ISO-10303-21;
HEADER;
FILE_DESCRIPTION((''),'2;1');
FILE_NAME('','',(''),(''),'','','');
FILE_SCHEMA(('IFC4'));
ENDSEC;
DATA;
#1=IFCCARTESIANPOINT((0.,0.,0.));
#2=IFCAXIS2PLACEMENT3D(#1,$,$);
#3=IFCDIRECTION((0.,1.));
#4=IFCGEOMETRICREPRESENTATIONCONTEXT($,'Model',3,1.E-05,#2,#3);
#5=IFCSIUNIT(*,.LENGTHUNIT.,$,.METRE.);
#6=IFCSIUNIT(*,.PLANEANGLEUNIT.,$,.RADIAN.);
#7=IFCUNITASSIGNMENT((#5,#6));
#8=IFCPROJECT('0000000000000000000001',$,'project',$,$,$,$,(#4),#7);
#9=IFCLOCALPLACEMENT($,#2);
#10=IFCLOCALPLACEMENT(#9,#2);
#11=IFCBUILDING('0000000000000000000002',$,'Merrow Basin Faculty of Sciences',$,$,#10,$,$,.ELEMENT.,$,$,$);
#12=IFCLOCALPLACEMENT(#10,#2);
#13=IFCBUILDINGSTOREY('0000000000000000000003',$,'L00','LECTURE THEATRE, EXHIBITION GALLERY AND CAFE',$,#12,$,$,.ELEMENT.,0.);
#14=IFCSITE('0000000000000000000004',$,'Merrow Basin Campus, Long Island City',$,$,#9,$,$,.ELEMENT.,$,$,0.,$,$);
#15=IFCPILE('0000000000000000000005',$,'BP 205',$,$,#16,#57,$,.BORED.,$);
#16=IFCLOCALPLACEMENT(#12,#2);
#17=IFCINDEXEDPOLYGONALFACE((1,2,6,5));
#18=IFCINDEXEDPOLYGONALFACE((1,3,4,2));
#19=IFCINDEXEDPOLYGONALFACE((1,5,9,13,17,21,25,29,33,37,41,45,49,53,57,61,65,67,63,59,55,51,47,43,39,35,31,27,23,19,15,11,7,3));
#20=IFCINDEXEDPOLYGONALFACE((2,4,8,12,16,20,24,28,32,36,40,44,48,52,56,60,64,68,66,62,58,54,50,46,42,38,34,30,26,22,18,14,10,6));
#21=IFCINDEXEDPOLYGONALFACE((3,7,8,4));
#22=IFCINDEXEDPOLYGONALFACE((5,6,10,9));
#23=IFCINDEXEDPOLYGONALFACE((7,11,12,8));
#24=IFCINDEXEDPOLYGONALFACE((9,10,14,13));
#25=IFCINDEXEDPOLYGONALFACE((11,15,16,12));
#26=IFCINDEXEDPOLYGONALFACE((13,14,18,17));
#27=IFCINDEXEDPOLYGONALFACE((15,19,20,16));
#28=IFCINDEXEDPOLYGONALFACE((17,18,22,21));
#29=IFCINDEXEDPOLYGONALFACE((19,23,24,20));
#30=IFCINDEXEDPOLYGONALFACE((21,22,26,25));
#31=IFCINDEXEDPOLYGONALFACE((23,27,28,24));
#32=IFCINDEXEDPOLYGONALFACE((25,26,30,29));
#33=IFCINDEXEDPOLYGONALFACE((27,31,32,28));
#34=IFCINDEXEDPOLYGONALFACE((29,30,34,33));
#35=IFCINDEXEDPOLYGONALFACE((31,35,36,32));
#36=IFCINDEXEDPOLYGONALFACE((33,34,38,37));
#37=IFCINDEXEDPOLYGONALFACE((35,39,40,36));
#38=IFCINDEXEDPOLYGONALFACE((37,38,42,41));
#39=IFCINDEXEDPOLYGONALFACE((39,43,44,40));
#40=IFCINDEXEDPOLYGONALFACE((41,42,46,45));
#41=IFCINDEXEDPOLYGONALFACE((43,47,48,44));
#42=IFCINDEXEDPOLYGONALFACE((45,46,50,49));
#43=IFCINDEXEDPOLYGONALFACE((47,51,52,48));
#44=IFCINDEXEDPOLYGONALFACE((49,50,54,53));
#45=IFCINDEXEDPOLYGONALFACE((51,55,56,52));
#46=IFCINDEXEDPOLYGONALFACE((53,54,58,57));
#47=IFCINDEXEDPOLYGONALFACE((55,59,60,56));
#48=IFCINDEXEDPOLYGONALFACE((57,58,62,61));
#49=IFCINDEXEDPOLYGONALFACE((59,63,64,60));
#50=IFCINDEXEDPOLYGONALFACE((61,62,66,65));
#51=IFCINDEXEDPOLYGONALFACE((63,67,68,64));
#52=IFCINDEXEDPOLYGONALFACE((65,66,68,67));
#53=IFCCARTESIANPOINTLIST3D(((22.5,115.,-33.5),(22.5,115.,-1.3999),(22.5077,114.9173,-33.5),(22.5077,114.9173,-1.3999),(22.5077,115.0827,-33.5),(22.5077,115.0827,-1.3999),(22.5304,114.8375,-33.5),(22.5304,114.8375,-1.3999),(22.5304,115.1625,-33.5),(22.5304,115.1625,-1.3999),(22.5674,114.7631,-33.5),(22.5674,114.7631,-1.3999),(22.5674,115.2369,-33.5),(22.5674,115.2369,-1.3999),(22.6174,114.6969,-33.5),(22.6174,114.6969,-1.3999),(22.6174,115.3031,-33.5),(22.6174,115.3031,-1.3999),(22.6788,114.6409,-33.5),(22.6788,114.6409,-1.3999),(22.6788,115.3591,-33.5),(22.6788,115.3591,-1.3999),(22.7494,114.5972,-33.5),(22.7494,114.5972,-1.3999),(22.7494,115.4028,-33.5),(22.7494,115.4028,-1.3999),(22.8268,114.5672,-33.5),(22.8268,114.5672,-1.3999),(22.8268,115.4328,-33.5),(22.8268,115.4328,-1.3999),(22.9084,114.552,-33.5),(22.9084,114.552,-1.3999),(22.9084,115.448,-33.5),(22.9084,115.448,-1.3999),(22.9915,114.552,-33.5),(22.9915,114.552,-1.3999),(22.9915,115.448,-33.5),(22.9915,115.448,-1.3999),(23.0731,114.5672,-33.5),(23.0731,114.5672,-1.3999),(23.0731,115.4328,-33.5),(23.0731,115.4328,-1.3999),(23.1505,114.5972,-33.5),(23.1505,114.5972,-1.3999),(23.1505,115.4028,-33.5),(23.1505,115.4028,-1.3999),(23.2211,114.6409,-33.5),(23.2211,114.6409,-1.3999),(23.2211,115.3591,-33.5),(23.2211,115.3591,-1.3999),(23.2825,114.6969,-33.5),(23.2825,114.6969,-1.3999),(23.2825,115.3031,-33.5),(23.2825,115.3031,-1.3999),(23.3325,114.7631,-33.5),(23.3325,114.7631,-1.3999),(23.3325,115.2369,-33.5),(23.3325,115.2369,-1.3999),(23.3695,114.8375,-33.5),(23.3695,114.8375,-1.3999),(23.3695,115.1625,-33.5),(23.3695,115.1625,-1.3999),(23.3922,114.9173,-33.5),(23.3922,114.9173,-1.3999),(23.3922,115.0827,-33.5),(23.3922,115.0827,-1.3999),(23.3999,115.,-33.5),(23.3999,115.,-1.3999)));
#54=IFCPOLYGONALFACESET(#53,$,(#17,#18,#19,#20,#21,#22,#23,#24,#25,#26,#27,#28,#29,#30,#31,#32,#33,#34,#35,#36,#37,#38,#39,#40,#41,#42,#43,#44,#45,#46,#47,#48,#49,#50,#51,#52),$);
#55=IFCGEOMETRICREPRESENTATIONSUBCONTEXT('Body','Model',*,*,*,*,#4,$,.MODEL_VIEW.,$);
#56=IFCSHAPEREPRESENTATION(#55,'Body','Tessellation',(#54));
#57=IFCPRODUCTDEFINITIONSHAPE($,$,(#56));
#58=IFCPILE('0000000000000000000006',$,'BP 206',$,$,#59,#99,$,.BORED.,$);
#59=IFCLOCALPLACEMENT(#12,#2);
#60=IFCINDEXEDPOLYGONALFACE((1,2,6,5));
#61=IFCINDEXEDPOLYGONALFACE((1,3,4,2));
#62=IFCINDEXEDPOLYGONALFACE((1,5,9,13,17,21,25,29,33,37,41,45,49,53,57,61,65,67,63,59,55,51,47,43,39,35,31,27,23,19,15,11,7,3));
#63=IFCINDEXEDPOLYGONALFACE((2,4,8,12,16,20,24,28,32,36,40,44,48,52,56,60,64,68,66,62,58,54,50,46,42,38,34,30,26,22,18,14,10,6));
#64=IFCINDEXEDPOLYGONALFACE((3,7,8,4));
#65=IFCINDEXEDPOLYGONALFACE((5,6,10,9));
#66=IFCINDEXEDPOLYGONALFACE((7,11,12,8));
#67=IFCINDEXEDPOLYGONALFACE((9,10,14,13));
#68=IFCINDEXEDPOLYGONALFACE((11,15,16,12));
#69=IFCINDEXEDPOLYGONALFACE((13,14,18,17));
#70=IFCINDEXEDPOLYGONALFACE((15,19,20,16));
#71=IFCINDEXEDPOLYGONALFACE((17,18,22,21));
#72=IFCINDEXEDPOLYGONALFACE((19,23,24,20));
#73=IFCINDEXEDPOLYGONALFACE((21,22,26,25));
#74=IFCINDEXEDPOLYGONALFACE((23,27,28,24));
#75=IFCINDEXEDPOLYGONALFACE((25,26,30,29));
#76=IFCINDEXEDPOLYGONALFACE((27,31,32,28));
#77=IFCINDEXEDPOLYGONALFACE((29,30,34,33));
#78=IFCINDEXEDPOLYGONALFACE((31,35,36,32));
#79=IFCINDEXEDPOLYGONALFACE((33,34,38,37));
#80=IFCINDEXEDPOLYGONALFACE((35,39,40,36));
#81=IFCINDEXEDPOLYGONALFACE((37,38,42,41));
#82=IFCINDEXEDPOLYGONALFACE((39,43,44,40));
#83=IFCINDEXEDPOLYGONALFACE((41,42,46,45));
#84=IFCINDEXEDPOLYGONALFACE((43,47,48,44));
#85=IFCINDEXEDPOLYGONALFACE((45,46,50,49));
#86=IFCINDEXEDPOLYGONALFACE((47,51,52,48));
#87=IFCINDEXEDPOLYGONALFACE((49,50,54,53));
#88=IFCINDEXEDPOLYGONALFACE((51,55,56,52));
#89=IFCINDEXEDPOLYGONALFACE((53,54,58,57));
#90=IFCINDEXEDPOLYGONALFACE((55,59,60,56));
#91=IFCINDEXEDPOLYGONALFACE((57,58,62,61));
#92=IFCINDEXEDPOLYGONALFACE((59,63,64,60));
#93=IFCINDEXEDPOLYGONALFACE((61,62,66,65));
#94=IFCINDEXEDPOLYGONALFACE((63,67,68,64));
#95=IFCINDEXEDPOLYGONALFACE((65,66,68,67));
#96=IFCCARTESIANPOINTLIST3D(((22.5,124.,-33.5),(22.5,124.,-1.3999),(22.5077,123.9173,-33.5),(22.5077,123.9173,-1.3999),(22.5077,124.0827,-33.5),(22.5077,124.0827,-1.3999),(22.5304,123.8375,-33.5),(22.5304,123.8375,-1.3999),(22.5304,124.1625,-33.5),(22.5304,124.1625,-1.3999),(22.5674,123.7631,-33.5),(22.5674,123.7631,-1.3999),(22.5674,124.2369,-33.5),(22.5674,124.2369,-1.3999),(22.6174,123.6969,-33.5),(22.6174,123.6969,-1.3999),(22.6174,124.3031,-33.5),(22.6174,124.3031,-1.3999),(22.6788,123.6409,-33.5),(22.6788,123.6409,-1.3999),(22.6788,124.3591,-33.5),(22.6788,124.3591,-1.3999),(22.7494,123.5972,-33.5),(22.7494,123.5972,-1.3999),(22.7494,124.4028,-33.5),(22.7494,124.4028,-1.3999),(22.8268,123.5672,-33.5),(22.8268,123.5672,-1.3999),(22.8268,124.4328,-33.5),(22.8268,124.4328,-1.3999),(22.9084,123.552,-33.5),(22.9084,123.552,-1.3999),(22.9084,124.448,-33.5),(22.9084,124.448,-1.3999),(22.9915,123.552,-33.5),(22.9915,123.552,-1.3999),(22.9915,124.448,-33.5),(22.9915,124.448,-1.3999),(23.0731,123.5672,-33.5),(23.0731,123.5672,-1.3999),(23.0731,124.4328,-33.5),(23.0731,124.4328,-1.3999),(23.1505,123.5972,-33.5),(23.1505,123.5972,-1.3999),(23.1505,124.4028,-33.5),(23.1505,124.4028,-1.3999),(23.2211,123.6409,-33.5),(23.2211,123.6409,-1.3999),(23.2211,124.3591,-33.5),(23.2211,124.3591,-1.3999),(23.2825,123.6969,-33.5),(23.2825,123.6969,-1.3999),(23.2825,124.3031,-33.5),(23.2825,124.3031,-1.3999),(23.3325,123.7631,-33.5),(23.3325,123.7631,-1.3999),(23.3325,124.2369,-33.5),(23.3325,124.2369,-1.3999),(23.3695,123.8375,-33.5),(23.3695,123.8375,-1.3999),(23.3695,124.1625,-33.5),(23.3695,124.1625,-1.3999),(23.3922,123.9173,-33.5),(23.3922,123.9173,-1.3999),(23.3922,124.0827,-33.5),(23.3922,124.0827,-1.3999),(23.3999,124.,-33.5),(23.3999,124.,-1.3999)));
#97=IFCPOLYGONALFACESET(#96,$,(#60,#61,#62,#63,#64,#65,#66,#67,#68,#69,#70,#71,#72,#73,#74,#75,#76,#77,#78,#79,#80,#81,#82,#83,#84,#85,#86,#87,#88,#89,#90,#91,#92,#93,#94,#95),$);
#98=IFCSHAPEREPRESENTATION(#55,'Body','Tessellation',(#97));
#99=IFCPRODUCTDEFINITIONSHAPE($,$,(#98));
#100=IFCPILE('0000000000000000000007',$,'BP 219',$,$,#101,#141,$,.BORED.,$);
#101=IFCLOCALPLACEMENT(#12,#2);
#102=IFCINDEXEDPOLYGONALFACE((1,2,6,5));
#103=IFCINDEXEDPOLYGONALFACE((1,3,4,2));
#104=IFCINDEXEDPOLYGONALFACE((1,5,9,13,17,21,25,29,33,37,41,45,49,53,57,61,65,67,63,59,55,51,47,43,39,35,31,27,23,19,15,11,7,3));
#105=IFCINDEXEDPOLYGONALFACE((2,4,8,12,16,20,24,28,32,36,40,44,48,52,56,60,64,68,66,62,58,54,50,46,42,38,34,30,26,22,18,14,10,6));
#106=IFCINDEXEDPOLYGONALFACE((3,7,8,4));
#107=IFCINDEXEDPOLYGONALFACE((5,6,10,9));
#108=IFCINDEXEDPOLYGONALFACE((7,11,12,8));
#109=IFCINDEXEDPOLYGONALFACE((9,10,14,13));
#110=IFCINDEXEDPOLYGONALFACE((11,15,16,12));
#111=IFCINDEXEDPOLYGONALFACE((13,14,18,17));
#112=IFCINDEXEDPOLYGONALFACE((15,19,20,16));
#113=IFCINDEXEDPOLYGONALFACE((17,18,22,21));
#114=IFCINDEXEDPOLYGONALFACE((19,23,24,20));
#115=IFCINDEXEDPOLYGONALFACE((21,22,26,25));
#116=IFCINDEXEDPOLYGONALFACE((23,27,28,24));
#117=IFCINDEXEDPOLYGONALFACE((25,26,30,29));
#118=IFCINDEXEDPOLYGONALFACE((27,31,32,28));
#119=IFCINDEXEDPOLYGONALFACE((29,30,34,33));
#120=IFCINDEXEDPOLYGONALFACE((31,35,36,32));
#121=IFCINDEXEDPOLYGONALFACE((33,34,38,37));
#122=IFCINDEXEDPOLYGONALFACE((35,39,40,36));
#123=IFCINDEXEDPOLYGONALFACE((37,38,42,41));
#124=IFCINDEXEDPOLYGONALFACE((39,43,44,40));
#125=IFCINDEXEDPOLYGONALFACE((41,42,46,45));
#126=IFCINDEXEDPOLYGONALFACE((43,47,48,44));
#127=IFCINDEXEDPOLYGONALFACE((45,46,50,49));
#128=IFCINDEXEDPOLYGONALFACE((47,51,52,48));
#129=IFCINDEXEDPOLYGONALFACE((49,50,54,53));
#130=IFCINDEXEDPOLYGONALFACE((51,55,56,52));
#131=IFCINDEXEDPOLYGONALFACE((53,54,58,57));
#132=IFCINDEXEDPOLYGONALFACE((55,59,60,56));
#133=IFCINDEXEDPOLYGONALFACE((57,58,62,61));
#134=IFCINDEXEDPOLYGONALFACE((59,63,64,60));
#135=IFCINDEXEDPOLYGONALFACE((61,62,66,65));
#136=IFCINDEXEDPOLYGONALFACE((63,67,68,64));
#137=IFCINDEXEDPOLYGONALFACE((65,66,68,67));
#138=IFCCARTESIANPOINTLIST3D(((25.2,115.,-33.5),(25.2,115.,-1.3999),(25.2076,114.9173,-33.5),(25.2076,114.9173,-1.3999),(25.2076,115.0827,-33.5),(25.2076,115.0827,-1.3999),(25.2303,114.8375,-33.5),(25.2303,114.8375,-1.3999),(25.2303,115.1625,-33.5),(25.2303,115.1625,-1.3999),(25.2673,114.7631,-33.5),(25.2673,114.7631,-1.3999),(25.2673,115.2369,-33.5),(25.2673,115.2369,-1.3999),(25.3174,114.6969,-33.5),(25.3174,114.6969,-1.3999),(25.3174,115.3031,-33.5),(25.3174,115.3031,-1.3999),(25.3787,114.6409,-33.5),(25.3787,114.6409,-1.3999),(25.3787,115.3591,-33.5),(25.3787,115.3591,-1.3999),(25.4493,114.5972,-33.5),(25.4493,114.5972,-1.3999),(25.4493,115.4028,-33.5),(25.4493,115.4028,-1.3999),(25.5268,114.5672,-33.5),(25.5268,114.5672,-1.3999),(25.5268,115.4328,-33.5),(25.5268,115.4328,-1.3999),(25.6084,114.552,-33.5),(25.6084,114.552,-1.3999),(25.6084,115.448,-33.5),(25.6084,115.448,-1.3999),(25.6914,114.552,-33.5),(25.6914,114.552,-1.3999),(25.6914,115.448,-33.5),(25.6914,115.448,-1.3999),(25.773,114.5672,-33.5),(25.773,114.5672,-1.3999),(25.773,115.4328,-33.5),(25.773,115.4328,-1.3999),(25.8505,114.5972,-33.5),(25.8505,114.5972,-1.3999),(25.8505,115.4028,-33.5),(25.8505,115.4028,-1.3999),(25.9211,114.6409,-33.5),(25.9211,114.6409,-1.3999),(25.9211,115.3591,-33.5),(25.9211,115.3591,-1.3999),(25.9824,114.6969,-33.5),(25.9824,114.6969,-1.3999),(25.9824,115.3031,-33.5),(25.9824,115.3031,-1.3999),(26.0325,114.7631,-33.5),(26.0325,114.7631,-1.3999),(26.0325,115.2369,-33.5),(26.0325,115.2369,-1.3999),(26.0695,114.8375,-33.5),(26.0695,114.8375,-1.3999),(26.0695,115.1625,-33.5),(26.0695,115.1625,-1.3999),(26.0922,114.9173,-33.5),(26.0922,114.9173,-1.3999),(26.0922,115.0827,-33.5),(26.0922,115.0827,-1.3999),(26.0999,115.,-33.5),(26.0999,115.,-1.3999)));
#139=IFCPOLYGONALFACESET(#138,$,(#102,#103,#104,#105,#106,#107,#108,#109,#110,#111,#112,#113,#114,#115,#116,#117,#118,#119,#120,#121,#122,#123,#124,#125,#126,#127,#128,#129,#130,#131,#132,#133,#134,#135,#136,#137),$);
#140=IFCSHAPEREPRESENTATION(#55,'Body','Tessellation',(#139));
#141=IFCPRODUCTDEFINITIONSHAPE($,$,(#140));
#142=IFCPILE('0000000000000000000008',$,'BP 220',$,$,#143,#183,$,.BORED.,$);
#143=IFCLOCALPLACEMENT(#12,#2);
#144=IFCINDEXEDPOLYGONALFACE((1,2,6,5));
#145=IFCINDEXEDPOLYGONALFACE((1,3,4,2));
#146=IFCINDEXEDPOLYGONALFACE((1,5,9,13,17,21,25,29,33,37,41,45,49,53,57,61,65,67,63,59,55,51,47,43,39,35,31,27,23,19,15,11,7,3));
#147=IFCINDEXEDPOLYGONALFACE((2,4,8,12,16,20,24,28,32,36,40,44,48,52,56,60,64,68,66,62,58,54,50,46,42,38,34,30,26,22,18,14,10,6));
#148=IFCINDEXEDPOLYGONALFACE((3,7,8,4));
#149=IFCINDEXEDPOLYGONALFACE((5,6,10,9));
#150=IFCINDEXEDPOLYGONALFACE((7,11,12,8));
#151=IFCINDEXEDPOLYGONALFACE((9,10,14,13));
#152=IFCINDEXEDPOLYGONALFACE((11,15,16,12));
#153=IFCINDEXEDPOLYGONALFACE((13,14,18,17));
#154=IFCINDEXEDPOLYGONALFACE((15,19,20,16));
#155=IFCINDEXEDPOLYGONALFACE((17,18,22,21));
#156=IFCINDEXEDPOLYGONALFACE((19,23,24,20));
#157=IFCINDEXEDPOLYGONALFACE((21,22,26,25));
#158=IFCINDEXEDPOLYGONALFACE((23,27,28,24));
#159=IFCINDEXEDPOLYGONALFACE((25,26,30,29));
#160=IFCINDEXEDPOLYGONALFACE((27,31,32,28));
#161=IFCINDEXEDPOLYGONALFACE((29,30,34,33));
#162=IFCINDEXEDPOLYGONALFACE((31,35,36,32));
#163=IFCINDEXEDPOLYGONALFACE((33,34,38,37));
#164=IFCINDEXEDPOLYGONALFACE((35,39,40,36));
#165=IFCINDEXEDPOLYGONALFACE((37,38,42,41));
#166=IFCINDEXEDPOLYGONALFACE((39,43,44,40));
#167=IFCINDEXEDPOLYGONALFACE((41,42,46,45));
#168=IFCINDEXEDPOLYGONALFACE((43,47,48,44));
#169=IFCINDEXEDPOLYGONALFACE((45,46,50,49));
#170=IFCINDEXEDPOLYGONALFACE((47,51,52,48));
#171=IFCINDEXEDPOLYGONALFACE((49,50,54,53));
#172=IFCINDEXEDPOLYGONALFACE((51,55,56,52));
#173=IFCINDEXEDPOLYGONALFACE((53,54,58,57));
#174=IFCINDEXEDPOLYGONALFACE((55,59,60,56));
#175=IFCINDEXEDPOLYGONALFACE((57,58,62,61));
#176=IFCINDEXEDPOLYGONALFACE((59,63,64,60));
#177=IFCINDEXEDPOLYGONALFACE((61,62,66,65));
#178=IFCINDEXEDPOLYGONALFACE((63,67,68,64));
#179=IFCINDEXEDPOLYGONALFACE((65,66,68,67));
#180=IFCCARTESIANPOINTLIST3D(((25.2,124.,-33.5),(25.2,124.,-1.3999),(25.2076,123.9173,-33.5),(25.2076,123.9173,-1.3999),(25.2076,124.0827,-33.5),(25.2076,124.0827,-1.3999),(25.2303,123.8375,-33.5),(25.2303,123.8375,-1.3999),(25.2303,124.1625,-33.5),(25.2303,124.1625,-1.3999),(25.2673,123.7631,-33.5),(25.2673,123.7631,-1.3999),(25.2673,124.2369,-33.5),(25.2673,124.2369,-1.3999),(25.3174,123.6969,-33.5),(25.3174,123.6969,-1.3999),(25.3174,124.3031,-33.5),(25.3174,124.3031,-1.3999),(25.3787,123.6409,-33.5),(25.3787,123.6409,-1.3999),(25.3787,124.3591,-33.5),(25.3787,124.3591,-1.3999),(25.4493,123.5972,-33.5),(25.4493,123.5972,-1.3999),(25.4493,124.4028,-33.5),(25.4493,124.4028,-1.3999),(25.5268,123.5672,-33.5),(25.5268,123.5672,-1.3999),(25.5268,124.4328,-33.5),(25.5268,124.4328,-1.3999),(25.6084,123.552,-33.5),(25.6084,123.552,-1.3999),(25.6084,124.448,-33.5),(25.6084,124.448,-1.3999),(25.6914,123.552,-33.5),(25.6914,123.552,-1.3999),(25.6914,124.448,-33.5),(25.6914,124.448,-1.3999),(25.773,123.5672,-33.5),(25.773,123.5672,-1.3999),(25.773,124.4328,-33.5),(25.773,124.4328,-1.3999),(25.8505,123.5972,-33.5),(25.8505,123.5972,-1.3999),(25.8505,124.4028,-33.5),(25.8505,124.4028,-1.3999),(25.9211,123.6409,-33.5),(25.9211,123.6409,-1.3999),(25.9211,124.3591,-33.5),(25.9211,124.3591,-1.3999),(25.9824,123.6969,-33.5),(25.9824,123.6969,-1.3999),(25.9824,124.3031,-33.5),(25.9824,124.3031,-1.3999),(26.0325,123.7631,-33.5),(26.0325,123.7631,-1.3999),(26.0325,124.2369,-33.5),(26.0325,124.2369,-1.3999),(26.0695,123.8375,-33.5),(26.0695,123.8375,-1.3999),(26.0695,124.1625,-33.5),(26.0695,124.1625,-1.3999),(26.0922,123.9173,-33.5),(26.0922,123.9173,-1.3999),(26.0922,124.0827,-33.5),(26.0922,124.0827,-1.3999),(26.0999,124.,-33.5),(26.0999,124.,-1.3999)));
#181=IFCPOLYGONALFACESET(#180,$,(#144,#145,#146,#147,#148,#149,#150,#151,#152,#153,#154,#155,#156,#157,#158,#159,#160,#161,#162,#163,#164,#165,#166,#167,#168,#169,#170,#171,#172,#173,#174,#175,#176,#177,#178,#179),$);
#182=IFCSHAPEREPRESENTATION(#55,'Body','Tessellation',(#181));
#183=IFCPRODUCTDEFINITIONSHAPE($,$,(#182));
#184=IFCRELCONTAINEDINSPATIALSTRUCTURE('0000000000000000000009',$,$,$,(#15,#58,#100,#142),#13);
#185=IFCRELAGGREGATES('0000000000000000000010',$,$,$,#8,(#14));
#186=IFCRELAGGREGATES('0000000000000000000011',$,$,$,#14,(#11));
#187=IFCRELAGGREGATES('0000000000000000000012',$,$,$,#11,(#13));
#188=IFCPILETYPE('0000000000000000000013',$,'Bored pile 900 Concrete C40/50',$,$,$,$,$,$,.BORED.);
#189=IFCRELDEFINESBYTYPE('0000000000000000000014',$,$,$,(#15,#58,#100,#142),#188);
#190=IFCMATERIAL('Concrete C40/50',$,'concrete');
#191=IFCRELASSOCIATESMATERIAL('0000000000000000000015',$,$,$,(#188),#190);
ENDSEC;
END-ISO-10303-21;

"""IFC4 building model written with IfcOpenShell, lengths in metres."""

from ifc_helpers import new_model, si_unit, direction, frame, origin, origin_2d, place, context, subcontext, project, spatial, circle, extrude, material, material_profile, profile_set, type_object, element, save


model = new_model("IFC4")

# Units and contexts
model_context = context("Model", 3, precision=1e-05, world=origin(), true_north=direction((0.0, 1.0)))
body_context = subcontext(model_context, "Body", "Model", "MODEL_VIEW")
ifc_project = project(units=[si_unit("LENGTHUNIT", "METRE"), si_unit("PLANEANGLEUNIT", "RADIAN")], contexts=[model_context])

# Site, building, storey
site_placement = place(None, origin())
site = spatial("IfcSite", under=ifc_project, at=site_placement, Name="Merrow Basin Campus, Long Island City", CompositionType="ELEMENT", RefElevation=0.0)
building_placement = place(site_placement, origin())
building = spatial("IfcBuilding", under=site, at=building_placement, Name="Merrow Basin Faculty of Sciences", CompositionType="ELEMENT")
storey_placement = place(building_placement, origin())
storey = spatial("IfcBuildingStorey", under=building, at=storey_placement, Name="L00", Description="LECTURE THEATRE, EXHIBITION GALLERY AND CAFE", CompositionType="ELEMENT", Elevation=0.0)

# Piles
ifc_material_1 = material(Name="Concrete C40/50", Category="concrete")
ifc_material_profile_1 = material_profile(ifc_material_1, circle(Radius=0.45, at=origin_2d()))
ifc_profile_set_1 = profile_set([ifc_material_profile_1], Name="Concrete C40/50")
pile_type = type_object("IfcPileType", Name="Bored pile 900 Concrete C40/50", PredefinedType="BORED", material=ifc_profile_set_1)
for number, where, z_axis, x_axis, name in (
    (1, (22.95, 115.0, -1.3999), (0.0, 0.0, -1.0), (1.0, 0.0, 0.0), "BP 205"),
    (2, (22.95, 124.0, -1.3999), (0.0, 0.0, -1.0), (1.0, 0.0, 0.0), "BP 206"),
    (3, (25.6499, 115.0, -1.3999), (0.0, 0.0, -1.0), (1.0, 0.0, 0.0), "BP 219"),
    (4, (25.6499, 124.0, -1.3999), (0.0, 0.0, -1.0), (1.0, 0.0, 0.0), "BP 220"),
):
    element("IfcPile", number, at=place(storey_placement, frame(where, z_axis=z_axis, x_axis=x_axis)), inside=storey, type_object=pile_type, Name=name, PredefinedType="BORED", context=body_context, shape_type="SweptSolid", body=[
        extrude(circle(Radius=0.45, at=origin_2d()), origin(), (0.0, 0.0, 1.0), 32.1001),
    ])

save(model, "model.ifc")
